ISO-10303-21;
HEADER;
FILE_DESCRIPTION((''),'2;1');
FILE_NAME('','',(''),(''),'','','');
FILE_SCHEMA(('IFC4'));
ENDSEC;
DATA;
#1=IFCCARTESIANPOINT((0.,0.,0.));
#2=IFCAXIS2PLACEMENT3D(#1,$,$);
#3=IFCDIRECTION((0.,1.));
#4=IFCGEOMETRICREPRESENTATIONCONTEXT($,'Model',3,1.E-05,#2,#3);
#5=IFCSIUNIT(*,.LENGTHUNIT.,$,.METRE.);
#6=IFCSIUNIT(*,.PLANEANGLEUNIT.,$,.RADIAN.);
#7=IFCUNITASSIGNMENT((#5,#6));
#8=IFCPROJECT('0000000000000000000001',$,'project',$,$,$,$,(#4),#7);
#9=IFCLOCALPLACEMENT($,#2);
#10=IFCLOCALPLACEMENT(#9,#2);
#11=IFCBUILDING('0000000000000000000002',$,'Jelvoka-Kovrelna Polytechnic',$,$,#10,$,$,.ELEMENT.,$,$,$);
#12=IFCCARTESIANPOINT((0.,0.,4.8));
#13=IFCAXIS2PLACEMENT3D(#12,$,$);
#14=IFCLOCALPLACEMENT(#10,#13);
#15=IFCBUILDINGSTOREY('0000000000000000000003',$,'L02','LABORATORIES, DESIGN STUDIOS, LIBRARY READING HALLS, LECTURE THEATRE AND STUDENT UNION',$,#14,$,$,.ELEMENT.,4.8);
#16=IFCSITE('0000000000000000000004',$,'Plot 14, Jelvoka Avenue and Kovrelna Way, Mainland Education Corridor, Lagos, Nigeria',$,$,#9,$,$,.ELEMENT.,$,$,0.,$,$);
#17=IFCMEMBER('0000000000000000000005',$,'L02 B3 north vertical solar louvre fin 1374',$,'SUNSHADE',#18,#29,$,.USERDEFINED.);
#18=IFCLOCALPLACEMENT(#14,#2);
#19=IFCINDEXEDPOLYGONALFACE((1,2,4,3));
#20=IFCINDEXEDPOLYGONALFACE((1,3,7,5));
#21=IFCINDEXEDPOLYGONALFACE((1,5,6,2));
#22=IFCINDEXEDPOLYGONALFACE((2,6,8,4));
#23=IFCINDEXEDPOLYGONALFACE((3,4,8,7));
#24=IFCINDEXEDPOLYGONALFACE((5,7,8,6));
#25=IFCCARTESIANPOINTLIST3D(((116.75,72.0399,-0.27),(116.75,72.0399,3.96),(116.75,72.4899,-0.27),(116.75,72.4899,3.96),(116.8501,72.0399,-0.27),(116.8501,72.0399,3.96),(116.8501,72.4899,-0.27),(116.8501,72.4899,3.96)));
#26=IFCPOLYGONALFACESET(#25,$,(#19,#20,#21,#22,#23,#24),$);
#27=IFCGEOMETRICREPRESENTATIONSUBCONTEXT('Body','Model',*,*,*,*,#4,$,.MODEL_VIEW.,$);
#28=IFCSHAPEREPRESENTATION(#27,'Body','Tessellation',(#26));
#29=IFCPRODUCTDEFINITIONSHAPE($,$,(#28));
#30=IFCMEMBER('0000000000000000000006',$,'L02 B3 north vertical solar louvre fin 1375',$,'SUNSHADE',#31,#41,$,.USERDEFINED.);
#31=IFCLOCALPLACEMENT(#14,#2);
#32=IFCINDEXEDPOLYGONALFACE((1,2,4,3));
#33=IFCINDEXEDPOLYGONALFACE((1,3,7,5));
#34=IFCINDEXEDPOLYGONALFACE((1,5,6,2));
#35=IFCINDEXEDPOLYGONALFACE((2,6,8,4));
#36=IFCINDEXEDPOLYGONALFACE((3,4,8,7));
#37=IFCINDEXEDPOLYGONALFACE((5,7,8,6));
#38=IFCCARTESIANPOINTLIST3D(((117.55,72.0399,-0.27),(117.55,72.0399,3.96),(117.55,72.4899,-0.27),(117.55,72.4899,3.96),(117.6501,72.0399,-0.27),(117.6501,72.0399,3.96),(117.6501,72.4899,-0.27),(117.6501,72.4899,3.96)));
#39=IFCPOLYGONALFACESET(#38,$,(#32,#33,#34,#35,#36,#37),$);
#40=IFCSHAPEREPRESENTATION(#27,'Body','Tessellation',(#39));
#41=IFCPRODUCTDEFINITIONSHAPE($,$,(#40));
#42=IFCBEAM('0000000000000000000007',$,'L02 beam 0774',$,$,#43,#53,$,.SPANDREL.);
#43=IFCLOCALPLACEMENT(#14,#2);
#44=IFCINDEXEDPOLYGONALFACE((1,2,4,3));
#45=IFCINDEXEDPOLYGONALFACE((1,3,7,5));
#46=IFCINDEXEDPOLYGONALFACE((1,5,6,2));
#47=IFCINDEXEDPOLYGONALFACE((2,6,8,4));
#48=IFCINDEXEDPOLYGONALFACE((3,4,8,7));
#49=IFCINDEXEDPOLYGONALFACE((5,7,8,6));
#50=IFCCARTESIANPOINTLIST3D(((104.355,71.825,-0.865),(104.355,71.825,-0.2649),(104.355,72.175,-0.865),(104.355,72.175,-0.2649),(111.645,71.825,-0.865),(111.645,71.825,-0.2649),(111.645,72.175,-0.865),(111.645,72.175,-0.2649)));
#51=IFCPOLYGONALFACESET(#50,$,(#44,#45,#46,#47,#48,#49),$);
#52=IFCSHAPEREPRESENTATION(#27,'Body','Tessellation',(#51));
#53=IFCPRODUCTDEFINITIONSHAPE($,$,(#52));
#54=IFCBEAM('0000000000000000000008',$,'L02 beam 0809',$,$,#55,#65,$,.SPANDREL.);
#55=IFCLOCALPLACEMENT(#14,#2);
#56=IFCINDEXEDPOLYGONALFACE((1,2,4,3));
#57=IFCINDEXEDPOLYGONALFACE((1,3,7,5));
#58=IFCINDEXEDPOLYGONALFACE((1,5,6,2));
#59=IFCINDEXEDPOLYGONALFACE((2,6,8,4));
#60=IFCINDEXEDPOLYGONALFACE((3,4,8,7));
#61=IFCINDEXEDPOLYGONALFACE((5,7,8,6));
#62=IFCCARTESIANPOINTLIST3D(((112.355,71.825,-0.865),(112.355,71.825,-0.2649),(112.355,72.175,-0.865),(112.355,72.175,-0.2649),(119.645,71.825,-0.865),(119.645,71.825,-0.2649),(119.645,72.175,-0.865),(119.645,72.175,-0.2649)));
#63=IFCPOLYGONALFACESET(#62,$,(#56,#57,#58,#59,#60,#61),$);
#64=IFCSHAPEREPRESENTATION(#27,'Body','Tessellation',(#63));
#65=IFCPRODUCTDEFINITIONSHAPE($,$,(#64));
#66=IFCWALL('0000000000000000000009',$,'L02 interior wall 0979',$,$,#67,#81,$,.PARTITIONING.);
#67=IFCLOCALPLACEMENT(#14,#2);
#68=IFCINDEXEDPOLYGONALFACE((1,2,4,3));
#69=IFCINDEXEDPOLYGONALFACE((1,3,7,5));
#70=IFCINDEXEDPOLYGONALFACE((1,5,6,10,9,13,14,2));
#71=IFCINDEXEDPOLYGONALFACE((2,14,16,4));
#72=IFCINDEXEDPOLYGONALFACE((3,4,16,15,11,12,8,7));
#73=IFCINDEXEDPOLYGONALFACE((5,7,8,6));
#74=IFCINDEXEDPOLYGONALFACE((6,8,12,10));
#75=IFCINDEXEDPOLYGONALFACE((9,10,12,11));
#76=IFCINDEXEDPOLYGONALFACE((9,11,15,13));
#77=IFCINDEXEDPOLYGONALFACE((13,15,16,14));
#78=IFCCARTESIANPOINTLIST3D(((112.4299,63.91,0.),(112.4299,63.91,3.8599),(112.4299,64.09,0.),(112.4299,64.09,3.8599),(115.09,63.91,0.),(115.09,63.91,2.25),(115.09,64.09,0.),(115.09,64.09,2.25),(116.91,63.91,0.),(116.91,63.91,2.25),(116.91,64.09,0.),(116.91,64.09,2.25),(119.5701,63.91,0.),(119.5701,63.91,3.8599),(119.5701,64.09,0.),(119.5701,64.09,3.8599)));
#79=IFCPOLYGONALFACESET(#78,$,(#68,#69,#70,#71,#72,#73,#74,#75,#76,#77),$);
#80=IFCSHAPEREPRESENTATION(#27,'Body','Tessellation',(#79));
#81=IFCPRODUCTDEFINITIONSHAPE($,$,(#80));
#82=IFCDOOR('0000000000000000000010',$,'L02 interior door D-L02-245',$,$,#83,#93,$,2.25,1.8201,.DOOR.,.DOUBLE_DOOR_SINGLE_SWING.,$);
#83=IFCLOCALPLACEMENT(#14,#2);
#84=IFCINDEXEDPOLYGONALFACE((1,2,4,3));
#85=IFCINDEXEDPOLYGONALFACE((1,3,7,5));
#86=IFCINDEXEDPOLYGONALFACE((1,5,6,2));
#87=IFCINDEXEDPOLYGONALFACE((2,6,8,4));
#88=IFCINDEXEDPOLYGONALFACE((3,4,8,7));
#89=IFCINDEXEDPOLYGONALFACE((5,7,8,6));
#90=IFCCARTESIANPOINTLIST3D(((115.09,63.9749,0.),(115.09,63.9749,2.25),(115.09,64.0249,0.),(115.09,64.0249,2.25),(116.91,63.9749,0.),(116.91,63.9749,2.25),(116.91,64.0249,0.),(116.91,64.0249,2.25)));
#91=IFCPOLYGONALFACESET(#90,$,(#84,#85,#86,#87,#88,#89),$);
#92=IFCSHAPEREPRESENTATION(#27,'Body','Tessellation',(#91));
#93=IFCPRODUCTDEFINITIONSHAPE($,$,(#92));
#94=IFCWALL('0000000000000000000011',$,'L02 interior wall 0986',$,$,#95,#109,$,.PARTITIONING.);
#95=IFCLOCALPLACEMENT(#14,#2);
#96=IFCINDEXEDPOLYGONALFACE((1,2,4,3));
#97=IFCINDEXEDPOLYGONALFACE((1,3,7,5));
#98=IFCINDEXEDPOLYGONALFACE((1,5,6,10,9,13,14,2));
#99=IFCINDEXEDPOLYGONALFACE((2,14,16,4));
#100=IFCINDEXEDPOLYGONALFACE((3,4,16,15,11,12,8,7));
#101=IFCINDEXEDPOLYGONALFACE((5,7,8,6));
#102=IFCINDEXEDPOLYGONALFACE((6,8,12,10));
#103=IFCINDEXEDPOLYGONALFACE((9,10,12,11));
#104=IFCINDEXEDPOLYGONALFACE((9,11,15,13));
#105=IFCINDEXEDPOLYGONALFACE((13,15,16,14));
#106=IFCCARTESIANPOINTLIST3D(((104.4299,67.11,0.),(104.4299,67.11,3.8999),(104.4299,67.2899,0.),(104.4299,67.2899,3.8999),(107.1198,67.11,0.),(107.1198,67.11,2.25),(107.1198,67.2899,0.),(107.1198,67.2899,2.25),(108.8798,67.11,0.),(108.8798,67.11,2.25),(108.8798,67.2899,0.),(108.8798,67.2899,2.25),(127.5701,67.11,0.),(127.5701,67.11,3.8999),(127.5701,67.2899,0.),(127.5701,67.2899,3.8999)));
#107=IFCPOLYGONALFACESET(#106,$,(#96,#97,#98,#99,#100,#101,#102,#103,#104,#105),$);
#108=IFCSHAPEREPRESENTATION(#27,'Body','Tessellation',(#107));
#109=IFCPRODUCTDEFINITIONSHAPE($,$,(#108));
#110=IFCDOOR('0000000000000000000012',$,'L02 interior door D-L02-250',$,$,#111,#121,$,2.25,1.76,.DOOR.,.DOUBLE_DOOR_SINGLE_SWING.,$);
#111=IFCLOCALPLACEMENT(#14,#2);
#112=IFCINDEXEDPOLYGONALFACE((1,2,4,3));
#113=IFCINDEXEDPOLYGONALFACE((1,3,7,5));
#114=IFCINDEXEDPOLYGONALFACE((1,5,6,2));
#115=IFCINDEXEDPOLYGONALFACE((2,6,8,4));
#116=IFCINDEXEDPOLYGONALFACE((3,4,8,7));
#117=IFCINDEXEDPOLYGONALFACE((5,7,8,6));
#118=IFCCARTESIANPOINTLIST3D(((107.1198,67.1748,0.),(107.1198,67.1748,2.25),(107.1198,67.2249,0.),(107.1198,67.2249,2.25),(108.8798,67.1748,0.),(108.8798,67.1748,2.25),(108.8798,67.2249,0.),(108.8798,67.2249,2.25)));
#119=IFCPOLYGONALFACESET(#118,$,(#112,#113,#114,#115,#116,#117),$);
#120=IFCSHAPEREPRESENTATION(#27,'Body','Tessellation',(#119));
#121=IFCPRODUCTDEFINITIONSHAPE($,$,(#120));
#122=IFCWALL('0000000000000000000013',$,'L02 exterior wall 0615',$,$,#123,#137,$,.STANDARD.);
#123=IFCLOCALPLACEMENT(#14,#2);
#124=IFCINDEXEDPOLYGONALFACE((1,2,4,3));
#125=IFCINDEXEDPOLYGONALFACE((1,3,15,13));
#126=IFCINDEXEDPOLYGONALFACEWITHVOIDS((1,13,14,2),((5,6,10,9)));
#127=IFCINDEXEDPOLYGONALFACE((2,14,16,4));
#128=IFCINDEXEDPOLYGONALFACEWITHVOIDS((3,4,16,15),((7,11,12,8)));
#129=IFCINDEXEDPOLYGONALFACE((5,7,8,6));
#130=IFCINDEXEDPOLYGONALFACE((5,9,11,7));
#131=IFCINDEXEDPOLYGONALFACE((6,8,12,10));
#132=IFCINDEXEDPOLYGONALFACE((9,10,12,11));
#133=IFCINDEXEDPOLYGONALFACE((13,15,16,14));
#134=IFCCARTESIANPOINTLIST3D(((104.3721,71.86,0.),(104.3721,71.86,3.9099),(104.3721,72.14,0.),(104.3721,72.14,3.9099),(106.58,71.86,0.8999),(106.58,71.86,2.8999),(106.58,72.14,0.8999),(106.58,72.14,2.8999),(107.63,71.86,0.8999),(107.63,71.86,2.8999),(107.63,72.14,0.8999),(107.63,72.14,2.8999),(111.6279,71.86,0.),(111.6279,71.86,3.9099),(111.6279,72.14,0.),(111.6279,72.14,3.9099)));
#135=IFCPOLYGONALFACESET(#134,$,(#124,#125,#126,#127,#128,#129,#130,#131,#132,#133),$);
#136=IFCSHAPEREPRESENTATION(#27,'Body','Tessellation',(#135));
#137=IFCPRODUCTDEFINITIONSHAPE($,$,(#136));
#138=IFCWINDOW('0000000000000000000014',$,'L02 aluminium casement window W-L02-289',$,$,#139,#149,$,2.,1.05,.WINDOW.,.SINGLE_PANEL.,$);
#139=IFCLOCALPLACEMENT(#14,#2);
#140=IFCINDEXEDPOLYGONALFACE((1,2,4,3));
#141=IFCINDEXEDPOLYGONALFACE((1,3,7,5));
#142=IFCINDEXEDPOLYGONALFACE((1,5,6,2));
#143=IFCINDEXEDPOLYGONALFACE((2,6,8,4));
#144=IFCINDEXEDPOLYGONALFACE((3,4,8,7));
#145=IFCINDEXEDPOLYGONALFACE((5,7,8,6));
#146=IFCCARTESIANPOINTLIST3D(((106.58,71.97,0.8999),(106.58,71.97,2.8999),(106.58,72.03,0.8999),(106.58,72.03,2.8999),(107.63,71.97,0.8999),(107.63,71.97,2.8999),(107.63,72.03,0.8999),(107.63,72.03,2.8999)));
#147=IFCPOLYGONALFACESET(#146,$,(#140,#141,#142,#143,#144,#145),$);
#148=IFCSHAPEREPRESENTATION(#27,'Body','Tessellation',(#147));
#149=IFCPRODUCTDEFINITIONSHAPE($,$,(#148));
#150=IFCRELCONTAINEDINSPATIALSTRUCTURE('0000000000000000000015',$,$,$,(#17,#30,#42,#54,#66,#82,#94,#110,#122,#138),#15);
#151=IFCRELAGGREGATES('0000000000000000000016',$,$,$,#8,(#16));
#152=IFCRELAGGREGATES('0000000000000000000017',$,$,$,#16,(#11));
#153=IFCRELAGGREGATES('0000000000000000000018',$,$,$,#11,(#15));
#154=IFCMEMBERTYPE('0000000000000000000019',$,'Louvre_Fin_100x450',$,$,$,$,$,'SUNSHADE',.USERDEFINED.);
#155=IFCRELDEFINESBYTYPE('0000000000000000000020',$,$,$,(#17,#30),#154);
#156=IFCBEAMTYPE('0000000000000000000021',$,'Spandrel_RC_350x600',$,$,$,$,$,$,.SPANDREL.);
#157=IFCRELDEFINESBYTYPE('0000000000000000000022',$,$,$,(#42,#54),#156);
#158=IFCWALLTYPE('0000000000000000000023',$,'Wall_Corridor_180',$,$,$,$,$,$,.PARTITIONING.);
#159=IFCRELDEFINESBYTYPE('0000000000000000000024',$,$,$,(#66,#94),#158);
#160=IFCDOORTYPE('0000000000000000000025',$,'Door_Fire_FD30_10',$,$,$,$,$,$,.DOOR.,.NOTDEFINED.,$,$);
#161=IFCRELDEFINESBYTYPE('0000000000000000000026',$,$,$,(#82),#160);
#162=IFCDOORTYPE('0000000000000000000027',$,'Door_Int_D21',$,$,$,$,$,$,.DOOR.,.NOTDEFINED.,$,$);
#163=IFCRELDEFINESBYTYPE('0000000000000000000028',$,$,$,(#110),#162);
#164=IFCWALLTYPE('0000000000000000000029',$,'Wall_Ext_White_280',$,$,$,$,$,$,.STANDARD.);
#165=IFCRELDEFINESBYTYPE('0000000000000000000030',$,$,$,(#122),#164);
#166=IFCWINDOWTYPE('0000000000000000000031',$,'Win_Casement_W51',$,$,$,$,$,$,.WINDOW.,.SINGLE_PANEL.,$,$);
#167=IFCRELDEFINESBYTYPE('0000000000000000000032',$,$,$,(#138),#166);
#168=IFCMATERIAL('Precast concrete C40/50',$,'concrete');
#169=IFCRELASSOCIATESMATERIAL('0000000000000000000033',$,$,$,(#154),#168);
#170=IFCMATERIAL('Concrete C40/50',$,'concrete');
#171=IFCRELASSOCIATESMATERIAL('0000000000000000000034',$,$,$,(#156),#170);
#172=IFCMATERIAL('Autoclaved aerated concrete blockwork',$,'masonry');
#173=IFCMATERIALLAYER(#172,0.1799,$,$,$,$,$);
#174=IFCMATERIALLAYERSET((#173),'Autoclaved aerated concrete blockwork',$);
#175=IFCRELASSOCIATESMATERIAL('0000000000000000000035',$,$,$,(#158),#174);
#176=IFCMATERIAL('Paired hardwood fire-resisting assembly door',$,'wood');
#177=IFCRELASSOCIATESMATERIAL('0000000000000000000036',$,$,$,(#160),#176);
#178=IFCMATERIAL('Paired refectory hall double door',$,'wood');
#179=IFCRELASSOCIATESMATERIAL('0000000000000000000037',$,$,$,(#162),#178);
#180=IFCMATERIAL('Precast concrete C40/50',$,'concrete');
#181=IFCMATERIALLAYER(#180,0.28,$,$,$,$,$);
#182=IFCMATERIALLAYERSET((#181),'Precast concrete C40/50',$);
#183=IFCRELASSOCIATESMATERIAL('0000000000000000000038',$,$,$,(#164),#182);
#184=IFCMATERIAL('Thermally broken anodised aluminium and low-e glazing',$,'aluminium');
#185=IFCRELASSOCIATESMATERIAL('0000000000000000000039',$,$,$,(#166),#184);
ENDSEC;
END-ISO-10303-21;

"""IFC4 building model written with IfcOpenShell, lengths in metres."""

from ifc_helpers import new_model, si_unit, direction, frame, frame_2d, origin, origin_2d, place, context, subcontext, project, spatial, rectangle, extrude, material, layer, layer_set, material_profile, profile_set, type_object, element, fill, save


model = new_model("IFC4")

# Units and contexts
model_context = context("Model", 3, precision=1e-05, world=origin(), true_north=direction((0.0, 1.0)))
body_context = subcontext(model_context, "Body", "Model", "MODEL_VIEW")
ifc_project = project(units=[si_unit("LENGTHUNIT", "METRE"), si_unit("PLANEANGLEUNIT", "RADIAN")], contexts=[model_context])

# Site, building, storey
site_placement = place(None, origin())
site = spatial("IfcSite", under=ifc_project, at=site_placement, Name="Plot 14, Jelvoka Avenue and Kovrelna Way, Mainland Education Corridor, Lagos, Nigeria", CompositionType="ELEMENT", RefElevation=0.0)
building_placement = place(site_placement, origin())
building = spatial("IfcBuilding", under=site, at=building_placement, Name="Jelvoka-Kovrelna Polytechnic", CompositionType="ELEMENT")
storey_placement = place(building_placement, frame((0.0, 0.0, 4.8)))
storey = spatial("IfcBuildingStorey", under=building, at=storey_placement, Name="L02", Description="LABORATORIES, DESIGN STUDIOS, LIBRARY READING HALLS, LECTURE THEATRE AND STUDENT UNION", CompositionType="ELEMENT", Elevation=4.8)

# Members
ifc_material_1 = material(Name="Precast concrete C40/50", Category="concrete")
ifc_material_profile_1 = material_profile(ifc_material_1, rectangle(XDim=0.1001, YDim=0.45, at=origin_2d()), Name="PC 100x450")
ifc_profile_set_1 = profile_set([ifc_material_profile_1], Name="Precast concrete C40/50")
member_type = type_object("IfcMemberType", Name="Louvre_Fin_100x450", ElementType="SUNSHADE", PredefinedType="USERDEFINED", material=ifc_profile_set_1)
for number, where, z_axis, x_axis, name in (
    (1, (116.8, 72.2649, -0.27), (0.0, 0.0, 1.0), (1.0, 0.0, 0.0), "L02 B3 north vertical solar louvre fin 1374"),
    (2, (117.6001, 72.2649, -0.27), (0.0, 0.0, 1.0), (1.0, 0.0, 0.0), "L02 B3 north vertical solar louvre fin 1375"),
):
    element("IfcMember", number, at=place(storey_placement, frame(where, z_axis=z_axis, x_axis=x_axis)), inside=storey, type_object=member_type, Name=name, ObjectType="SUNSHADE", PredefinedType="USERDEFINED", context=body_context, shape_type="SweptSolid", body=[
        extrude(rectangle(XDim=0.1001, YDim=0.45, at=origin_2d()), origin(), (0.0, 0.0, 1.0), 4.23),
    ])

# Beams
ifc_material_2 = material(Name="Concrete C40/50", Category="concrete")
ifc_material_profile_2 = material_profile(ifc_material_2, rectangle(XDim=0.3501, YDim=0.6001, at=origin_2d()), Name="RC 350x600")
ifc_profile_set_2 = profile_set([ifc_material_profile_2], Name="Concrete C40/50")
beam_type_1 = type_object("IfcBeamType", Name="Spandrel_RC_350x600", PredefinedType="SPANDREL", material=ifc_profile_set_2)
for number, where, z_axis, x_axis, name in (
    (3, (104.355, 72.0, -0.5649), (1.0, 0.0, 0.0), (0.0, 1.0, 0.0), "L02 beam 0774"),
    (4, (112.355, 72.0, -0.5649), (1.0, 0.0, 0.0), (0.0, 1.0, 0.0), "L02 beam 0809"),
):
    element("IfcBeam", number, at=place(storey_placement, frame(where, z_axis=z_axis, x_axis=x_axis)), inside=storey, type_object=beam_type_1, Name=name, PredefinedType="SPANDREL", context=body_context, shape_type="SweptSolid", body=[
        extrude(rectangle(XDim=0.3501, YDim=0.6001, at=origin_2d()), origin(), (0.0, 0.0, 1.0), 7.29),
    ])

# Walls, openings, doors
ifc_material_3 = material(Name="Autoclaved aerated concrete blockwork", Category="masonry")
ifc_layer_1 = layer(ifc_material_3, 0.1799)
ifc_layer_set_1 = layer_set([ifc_layer_1], Name="Autoclaved aerated concrete blockwork")
wall_type_1 = type_object("IfcWallType", Name="Wall_Corridor_180", PredefinedType="PARTITIONING", material=ifc_layer_set_1)
wall_1_placement = place(storey_placement, frame((112.4299, 64.0, 0.0), z_axis=(0.0, 0.0, 1.0), x_axis=(1.0, 0.0, 0.0)))
wall_1 = element("IfcWall", 5, at=wall_1_placement, inside=storey, type_object=wall_type_1, Name="L02 interior wall 0979", PredefinedType="PARTITIONING", context=body_context, shape_type="SweptSolid", body=[
    extrude(rectangle(XDim=7.1401, YDim=0.1799, at=frame_2d((3.5701, 0.0))), origin(), (0.0, 0.0, 1.0), 3.8599),
])
opening_1_placement = place(wall_1_placement, frame((2.6599, 0.0, 0.0)))
opening_1 = element("IfcOpeningElement", 6, at=opening_1_placement, cuts=wall_1, PredefinedType="OPENING", context=body_context, shape_type="SweptSolid", body=[
    extrude(rectangle(XDim=1.8201, YDim=2.25, at=frame_2d((0.9102, 1.125))), frame((0.0, 0.0999, 0.0), z_axis=(0.0, -1.0, 0.0), x_axis=(1.0, 0.0, 0.0)), (0.0, 0.0, 1.0), 0.2),
])
ifc_material_4 = material(Name="Paired hardwood fire-resisting assembly door", Category="wood")
door_type_1 = type_object("IfcDoorType", Name="Door_Fire_FD30_10", OperationType="NOTDEFINED", PredefinedType="DOOR", material=ifc_material_4)
door_1_placement = place(opening_1_placement, origin())
door_1 = element("IfcDoor", 7, at=door_1_placement, inside=storey, type_object=door_type_1, Name="L02 interior door D-L02-245", OperationType="DOUBLE_DOOR_SINGLE_SWING", OverallHeight=2.25, OverallWidth=1.8201, PredefinedType="DOOR", context=body_context, shape_type="SweptSolid", body=[
    extrude(rectangle(XDim=1.8201, YDim=2.25, at=frame_2d((0.9102, 1.125))), frame((0.0, 0.0249, 0.0), z_axis=(0.0, -1.0, 0.0), x_axis=(1.0, 0.0, 0.0)), (0.0, 0.0, 1.0), 0.05),
])
fill(opening_1, door_1)
wall_2_placement = place(storey_placement, frame((104.4299, 67.2, 0.0), z_axis=(0.0, 0.0, 1.0), x_axis=(1.0, 0.0, 0.0)))
wall_2 = element("IfcWall", 8, at=wall_2_placement, inside=storey, type_object=wall_type_1, Name="L02 interior wall 0986", PredefinedType="PARTITIONING", context=body_context, shape_type="SweptSolid", body=[
    extrude(rectangle(XDim=23.1401, YDim=0.1799, at=frame_2d((11.5701, 0.0))), origin(), (0.0, 0.0, 1.0), 3.8999),
])
opening_2_placement = place(wall_2_placement, frame((2.6899, 0.0, 0.0)))
opening_2 = element("IfcOpeningElement", 9, at=opening_2_placement, cuts=wall_2, PredefinedType="OPENING", context=body_context, shape_type="SweptSolid", body=[
    extrude(rectangle(XDim=1.76, YDim=2.25, at=frame_2d((0.8799, 1.125))), frame((0.0, 0.0999, 0.0), z_axis=(0.0, -1.0, 0.0), x_axis=(1.0, 0.0, 0.0)), (0.0, 0.0, 1.0), 0.2),
])
ifc_material_5 = material(Name="Paired refectory hall double door", Category="wood")
door_type_2 = type_object("IfcDoorType", Name="Door_Int_D21", OperationType="NOTDEFINED", PredefinedType="DOOR", material=ifc_material_5)
door_2_placement = place(opening_2_placement, origin())
door_2 = element("IfcDoor", 10, at=door_2_placement, inside=storey, type_object=door_type_2, Name="L02 interior door D-L02-250", OperationType="DOUBLE_DOOR_SINGLE_SWING", OverallHeight=2.25, OverallWidth=1.76, PredefinedType="DOOR", context=body_context, shape_type="SweptSolid", body=[
    extrude(rectangle(XDim=1.76, YDim=2.25, at=frame_2d((0.8799, 1.125))), frame((0.0, 0.0249, 0.0), z_axis=(0.0, -1.0, 0.0), x_axis=(1.0, 0.0, 0.0)), (0.0, 0.0, 1.0), 0.05),
])
fill(opening_2, door_2)

# Wall, opening, window
ifc_material_6 = material(Name="Precast concrete C40/50", Category="concrete")
ifc_layer_2 = layer(ifc_material_6, 0.28)
ifc_layer_set_2 = layer_set([ifc_layer_2], Name="Precast concrete C40/50")
wall_type_2 = type_object("IfcWallType", Name="Wall_Ext_White_280", PredefinedType="STANDARD", material=ifc_layer_set_2)
wall_3_placement = place(storey_placement, frame((104.3721, 72.0, 0.0), z_axis=(0.0, 0.0, 1.0), x_axis=(1.0, 0.0, 0.0)))
wall_3 = element("IfcWall", 11, at=wall_3_placement, inside=storey, type_object=wall_type_2, Name="L02 exterior wall 0615", PredefinedType="STANDARD", context=body_context, shape_type="SweptSolid", body=[
    extrude(rectangle(XDim=7.2559, YDim=0.28, at=frame_2d((3.6279, 0.0))), origin(), (0.0, 0.0, 1.0), 3.9099),
])
opening_3_placement = place(wall_3_placement, frame((2.208, 0.0, 0.8999)))
opening_3 = element("IfcOpeningElement", 12, at=opening_3_placement, cuts=wall_3, PredefinedType="OPENING", context=body_context, shape_type="SweptSolid", body=[
    extrude(rectangle(XDim=1.05, YDim=2.0, at=frame_2d((0.5249, 1.0))), frame((0.0, 0.1501, 0.0), z_axis=(0.0, -1.0, 0.0), x_axis=(1.0, 0.0, 0.0)), (0.0, 0.0, 1.0), 0.3),
])
ifc_material_7 = material(Name="Thermally broken anodised aluminium and low-e glazing", Category="aluminium")
window_type_1 = type_object("IfcWindowType", Name="Win_Casement_W51", PartitioningType="SINGLE_PANEL", PredefinedType="WINDOW", material=ifc_material_7)
window_1_placement = place(opening_3_placement, origin())
window_1 = element("IfcWindow", 13, at=window_1_placement, inside=storey, type_object=window_type_1, Name="L02 aluminium casement window W-L02-289", OverallHeight=2.0, OverallWidth=1.05, PartitioningType="SINGLE_PANEL", PredefinedType="WINDOW", context=body_context, shape_type="SweptSolid", body=[
    extrude(rectangle(XDim=1.05, YDim=2.0, at=frame_2d((0.5249, 1.0))), frame((0.0, 0.03, 0.0), z_axis=(0.0, -1.0, 0.0), x_axis=(1.0, 0.0, 0.0)), (0.0, 0.0, 1.0), 0.0601),
])
fill(opening_3, window_1)

save(model, "model.ifc")
